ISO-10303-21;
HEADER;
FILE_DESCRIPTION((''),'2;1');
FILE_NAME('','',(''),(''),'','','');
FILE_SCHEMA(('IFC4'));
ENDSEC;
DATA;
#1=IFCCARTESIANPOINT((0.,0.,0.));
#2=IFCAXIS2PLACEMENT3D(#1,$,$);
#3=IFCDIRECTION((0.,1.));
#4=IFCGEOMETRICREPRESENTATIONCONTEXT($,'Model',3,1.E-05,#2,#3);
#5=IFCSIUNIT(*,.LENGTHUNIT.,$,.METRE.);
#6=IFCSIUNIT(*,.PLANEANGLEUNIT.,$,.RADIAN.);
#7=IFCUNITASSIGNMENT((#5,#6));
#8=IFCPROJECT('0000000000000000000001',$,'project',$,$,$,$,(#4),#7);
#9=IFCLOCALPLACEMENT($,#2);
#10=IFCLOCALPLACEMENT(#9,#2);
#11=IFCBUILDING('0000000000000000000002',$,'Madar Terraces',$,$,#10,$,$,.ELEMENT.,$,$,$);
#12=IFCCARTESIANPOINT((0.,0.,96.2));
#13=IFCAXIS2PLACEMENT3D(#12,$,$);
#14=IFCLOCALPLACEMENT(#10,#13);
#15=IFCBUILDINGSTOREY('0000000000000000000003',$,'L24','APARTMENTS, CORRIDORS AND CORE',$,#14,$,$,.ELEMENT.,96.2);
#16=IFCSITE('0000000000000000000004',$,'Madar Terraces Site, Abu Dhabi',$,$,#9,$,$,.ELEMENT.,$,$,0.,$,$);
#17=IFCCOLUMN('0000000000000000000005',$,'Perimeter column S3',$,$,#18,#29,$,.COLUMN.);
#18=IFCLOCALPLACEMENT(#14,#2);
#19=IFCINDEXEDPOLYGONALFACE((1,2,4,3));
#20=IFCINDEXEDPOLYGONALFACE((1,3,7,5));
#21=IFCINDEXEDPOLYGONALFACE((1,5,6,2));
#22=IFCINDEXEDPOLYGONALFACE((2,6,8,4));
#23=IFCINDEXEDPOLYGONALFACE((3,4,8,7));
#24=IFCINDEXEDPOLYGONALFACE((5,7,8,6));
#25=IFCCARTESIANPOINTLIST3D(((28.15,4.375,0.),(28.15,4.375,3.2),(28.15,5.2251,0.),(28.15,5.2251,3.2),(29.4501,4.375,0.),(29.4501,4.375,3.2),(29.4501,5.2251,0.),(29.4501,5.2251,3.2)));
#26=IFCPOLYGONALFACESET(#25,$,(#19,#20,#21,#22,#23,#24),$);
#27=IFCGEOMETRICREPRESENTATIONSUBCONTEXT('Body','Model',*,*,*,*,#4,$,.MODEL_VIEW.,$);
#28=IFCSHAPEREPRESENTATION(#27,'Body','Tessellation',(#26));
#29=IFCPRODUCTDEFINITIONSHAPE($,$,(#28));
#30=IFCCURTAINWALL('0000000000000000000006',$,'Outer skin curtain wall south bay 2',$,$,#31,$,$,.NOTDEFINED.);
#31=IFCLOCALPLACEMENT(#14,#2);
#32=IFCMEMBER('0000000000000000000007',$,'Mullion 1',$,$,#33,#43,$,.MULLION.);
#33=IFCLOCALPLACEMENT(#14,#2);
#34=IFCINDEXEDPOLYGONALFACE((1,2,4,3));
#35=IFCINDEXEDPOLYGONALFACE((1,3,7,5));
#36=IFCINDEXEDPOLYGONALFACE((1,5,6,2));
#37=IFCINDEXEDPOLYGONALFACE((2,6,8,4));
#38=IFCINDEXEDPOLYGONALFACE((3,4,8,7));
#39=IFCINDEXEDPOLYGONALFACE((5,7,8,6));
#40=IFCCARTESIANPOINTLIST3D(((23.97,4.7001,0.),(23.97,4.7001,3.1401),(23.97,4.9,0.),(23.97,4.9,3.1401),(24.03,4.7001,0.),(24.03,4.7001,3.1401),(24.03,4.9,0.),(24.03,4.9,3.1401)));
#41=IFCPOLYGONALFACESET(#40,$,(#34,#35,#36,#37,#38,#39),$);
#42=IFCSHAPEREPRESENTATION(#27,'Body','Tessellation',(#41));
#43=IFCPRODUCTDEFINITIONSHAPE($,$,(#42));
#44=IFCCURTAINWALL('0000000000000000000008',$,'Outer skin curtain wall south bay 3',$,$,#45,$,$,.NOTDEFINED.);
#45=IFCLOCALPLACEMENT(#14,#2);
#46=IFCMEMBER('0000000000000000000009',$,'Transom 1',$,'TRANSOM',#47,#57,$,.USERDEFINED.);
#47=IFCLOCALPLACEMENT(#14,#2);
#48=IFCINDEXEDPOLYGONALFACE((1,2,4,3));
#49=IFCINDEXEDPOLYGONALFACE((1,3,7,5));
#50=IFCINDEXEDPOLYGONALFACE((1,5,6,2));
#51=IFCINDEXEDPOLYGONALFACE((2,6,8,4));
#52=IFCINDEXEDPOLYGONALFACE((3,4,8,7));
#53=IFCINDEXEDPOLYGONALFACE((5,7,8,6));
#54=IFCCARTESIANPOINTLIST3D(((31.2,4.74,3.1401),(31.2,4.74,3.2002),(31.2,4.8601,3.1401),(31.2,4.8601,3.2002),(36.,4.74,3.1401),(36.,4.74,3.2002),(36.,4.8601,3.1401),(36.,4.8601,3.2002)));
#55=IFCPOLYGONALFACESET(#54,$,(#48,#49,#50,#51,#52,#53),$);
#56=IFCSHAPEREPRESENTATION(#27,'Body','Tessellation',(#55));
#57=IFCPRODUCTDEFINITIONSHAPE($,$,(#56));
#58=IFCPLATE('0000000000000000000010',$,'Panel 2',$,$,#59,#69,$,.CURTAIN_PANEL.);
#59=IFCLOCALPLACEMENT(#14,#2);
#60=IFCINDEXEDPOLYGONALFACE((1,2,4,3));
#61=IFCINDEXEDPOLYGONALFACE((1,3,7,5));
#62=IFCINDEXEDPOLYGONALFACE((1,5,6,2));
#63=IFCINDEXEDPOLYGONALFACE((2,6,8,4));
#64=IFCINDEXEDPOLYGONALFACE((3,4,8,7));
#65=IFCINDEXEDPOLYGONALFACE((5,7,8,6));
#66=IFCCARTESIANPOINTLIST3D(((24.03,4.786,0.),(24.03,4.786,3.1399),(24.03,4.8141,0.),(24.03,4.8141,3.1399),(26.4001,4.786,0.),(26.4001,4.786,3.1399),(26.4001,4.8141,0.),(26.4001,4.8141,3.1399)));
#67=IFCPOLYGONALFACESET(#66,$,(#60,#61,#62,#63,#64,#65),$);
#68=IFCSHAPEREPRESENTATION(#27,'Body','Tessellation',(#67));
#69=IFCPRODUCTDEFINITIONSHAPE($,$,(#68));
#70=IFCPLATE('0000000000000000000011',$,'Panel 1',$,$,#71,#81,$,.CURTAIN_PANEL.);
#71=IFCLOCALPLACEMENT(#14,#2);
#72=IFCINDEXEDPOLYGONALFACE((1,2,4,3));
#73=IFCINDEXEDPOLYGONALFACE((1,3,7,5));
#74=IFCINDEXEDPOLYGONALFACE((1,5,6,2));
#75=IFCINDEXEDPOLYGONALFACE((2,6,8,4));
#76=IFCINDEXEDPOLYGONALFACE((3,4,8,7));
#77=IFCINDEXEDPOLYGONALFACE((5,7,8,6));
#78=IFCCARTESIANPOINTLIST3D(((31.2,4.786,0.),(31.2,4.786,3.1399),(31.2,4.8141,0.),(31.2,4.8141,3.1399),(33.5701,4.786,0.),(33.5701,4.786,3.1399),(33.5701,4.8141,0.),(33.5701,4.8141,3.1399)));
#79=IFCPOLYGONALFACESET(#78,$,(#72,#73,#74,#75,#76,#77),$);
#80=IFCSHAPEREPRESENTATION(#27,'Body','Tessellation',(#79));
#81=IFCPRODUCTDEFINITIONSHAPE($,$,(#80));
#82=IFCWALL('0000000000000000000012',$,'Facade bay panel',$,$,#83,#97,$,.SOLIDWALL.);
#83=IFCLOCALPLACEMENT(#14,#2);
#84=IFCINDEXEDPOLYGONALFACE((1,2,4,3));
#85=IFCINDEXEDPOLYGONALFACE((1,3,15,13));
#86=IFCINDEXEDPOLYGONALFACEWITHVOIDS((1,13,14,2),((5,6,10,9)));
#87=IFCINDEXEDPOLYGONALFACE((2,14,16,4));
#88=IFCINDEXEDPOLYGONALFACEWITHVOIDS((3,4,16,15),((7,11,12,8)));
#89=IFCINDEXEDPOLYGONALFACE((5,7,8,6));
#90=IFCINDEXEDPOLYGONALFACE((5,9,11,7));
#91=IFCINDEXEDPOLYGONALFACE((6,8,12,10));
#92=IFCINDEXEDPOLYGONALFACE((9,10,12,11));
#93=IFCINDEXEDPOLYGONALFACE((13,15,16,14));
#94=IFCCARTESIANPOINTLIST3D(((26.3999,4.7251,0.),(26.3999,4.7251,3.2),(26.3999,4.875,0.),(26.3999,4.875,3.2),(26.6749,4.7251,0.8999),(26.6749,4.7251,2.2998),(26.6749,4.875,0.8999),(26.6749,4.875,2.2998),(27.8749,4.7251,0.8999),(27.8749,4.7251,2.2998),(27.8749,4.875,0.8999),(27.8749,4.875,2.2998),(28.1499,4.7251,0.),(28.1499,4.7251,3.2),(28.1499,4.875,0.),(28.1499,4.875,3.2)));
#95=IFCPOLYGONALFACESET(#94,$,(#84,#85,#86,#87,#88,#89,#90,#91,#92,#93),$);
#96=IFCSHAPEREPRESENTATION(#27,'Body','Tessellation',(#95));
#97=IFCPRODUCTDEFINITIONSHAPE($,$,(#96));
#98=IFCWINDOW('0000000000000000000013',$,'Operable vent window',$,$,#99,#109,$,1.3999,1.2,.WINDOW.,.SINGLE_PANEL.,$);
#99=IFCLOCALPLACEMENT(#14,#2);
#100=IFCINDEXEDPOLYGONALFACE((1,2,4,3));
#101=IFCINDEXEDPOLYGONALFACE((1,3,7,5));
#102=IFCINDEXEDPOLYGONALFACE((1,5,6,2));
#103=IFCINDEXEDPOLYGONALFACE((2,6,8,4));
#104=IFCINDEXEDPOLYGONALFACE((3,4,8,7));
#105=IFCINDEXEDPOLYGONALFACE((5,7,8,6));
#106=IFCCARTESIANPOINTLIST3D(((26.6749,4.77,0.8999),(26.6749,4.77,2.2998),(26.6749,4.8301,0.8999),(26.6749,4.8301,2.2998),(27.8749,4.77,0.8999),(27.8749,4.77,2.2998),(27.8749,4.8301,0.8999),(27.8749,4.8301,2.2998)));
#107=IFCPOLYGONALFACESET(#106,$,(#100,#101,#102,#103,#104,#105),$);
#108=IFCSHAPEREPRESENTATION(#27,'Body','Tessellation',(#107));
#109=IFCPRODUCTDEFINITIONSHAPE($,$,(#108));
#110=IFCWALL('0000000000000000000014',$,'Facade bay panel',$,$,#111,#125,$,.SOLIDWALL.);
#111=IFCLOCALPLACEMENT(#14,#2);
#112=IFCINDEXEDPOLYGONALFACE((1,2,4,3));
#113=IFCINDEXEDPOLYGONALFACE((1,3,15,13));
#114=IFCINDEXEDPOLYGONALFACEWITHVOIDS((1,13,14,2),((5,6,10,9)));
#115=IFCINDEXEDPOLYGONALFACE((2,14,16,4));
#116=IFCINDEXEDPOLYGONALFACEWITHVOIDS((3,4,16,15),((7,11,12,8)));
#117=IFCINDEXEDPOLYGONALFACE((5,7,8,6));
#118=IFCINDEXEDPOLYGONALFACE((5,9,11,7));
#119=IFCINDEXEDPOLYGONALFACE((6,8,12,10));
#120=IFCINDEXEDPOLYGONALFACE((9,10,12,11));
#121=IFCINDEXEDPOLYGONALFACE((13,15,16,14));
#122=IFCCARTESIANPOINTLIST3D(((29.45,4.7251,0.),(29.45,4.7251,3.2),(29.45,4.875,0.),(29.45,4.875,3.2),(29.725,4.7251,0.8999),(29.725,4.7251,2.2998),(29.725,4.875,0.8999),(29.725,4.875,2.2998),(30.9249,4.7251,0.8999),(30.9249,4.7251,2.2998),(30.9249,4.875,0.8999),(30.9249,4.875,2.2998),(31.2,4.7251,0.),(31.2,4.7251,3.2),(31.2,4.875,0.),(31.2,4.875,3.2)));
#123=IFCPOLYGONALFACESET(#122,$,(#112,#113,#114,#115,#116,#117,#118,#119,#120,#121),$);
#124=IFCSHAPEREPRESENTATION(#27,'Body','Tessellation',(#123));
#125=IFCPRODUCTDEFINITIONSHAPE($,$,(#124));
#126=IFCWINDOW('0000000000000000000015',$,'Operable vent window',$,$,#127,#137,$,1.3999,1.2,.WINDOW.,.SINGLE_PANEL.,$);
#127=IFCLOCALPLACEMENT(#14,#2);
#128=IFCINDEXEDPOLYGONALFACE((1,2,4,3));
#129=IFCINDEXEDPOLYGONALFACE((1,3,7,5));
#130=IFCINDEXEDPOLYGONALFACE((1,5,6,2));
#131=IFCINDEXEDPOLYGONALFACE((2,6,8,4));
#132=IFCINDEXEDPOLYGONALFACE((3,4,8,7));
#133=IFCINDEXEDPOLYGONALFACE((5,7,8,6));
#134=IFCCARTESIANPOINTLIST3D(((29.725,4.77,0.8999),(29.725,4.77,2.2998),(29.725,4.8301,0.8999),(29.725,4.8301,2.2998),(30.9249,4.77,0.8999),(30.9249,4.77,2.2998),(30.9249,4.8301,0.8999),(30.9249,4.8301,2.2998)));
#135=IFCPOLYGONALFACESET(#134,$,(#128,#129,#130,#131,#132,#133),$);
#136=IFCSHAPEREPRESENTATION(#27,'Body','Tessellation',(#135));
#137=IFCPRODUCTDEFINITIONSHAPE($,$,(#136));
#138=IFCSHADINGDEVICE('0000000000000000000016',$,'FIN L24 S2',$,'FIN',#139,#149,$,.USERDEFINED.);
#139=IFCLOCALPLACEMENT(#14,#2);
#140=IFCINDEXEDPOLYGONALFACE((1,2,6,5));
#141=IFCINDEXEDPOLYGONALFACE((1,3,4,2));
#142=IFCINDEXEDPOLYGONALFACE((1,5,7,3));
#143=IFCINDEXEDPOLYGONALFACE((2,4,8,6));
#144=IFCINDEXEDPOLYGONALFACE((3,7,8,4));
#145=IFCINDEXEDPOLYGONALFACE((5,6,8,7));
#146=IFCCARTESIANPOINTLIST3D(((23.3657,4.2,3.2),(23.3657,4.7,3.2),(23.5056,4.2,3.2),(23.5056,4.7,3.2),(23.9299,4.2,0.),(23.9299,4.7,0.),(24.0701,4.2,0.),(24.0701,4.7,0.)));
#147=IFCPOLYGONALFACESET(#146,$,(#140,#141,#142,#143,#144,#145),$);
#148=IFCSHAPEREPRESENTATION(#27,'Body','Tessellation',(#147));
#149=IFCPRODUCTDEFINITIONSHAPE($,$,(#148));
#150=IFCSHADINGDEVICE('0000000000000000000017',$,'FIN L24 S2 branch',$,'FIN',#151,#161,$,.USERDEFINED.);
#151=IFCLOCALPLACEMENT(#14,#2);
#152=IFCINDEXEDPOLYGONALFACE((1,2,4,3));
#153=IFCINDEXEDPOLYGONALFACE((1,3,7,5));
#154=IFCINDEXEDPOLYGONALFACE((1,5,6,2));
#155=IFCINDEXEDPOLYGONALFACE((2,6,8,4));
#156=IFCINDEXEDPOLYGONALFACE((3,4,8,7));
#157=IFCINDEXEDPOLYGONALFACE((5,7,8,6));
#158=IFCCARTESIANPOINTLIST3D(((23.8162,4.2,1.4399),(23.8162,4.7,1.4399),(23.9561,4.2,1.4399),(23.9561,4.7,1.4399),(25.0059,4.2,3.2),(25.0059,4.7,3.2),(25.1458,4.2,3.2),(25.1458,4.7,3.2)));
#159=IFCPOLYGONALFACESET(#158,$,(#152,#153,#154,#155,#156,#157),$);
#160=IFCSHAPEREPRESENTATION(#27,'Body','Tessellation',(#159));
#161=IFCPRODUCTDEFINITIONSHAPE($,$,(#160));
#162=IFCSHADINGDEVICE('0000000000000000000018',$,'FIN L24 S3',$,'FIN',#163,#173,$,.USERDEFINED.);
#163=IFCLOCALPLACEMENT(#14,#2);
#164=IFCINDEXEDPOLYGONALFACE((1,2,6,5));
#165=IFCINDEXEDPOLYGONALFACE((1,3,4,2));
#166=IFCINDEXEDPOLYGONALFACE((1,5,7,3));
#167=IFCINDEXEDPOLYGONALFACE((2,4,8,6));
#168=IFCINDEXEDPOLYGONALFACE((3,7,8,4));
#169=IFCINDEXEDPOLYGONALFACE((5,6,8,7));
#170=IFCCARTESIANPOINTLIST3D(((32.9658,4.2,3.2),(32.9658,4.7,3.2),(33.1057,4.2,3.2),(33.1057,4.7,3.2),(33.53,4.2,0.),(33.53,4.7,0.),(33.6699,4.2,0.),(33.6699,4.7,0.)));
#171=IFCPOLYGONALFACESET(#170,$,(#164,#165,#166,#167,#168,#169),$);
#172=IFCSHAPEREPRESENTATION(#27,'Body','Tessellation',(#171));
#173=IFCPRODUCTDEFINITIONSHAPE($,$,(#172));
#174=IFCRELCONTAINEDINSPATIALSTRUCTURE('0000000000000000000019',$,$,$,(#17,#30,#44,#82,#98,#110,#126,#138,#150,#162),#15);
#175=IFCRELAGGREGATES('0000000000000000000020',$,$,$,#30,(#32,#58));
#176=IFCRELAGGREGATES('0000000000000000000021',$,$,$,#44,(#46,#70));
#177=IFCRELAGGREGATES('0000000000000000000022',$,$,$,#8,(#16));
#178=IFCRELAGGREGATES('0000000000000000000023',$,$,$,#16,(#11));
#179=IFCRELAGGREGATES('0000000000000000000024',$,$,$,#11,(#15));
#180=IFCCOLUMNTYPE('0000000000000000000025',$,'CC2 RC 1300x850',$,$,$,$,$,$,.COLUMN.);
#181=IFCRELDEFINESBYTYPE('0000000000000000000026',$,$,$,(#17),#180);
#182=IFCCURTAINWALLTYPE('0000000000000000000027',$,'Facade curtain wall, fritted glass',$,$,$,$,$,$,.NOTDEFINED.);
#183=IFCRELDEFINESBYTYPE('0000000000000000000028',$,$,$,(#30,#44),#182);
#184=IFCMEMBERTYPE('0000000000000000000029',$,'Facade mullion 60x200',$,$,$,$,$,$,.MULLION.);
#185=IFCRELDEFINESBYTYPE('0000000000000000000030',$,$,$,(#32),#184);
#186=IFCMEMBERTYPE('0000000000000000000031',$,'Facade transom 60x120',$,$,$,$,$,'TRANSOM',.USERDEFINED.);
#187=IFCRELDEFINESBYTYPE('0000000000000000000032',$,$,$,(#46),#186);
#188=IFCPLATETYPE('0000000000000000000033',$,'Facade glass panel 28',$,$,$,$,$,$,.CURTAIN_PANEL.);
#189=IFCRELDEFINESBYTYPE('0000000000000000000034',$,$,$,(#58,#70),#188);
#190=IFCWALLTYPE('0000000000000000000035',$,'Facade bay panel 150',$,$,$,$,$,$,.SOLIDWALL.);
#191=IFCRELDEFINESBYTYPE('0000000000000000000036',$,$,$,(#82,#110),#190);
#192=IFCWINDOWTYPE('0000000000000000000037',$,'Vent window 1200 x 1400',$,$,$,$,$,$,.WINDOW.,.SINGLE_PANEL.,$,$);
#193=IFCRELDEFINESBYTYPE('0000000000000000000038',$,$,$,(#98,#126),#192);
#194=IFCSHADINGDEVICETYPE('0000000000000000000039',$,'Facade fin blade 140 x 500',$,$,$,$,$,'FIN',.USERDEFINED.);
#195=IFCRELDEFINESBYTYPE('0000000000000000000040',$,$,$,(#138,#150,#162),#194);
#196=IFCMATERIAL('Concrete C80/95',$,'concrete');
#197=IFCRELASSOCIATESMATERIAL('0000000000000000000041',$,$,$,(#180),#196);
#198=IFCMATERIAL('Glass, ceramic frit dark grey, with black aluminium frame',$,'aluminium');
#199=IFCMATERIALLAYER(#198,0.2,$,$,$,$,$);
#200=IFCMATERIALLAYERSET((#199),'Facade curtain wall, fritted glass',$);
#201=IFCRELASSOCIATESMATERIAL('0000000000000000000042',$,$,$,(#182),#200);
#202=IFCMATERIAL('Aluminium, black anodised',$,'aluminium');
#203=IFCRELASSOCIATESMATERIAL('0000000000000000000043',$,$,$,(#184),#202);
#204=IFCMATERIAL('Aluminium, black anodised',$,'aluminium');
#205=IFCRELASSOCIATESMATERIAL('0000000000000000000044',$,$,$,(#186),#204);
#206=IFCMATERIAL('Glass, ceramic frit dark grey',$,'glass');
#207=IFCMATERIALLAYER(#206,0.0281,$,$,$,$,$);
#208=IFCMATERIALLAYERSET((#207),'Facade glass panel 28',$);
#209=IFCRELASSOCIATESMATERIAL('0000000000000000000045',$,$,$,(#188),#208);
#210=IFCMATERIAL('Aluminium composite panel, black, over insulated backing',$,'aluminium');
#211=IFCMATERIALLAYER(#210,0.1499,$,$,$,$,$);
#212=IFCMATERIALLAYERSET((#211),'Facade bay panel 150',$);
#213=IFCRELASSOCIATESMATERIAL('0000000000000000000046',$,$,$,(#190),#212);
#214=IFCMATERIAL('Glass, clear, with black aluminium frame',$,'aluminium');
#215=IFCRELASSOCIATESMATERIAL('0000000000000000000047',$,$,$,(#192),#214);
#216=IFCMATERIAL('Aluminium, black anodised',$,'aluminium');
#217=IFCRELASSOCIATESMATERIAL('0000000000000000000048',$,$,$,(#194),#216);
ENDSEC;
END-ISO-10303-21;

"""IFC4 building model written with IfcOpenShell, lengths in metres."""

from ifc_helpers import new_model, si_unit, direction, frame, frame_2d, origin, origin_2d, place, context, subcontext, project, spatial, polyline, rectangle, outline, extrude, material, layer, layer_set, material_profile, profile_set, type_object, element, fill, aggregate, save


model = new_model("IFC4")

# Units and contexts
model_context = context("Model", 3, precision=1e-05, world=origin(), true_north=direction((0.0, 1.0)))
body_context = subcontext(model_context, "Body", "Model", "MODEL_VIEW")
ifc_project = project(units=[si_unit("LENGTHUNIT", "METRE"), si_unit("PLANEANGLEUNIT", "RADIAN")], contexts=[model_context])

# Site, building, storey
site_placement = place(None, origin())
site = spatial("IfcSite", under=ifc_project, at=site_placement, Name="Madar Terraces Site, Abu Dhabi", CompositionType="ELEMENT", RefElevation=0.0)
building_placement = place(site_placement, origin())
building = spatial("IfcBuilding", under=site, at=building_placement, Name="Madar Terraces", CompositionType="ELEMENT")
storey_placement = place(building_placement, frame((0.0, 0.0, 96.2)))
storey = spatial("IfcBuildingStorey", under=building, at=storey_placement, Name="L24", Description="APARTMENTS, CORRIDORS AND CORE", CompositionType="ELEMENT", Elevation=96.2)

# Column
ifc_material_1 = material(Name="Concrete C80/95", Category="concrete")
ifc_material_profile_1 = material_profile(ifc_material_1, rectangle(XDim=1.3, YDim=0.8501, at=origin_2d()), Name="CC2 RC 1300x850")
ifc_profile_set_1 = profile_set([ifc_material_profile_1], Name="Concrete C80/95")
column_type = type_object("IfcColumnType", Name="CC2 RC 1300x850", PredefinedType="COLUMN", material=ifc_profile_set_1)
column_placement = place(storey_placement, frame((28.8, 4.8, 0.0), z_axis=(0.0, 0.0, 1.0), x_axis=(1.0, 0.0, 0.0)))
element("IfcColumn", 1, at=column_placement, inside=storey, type_object=column_type, Name="Perimeter column S3", PredefinedType="COLUMN", context=body_context, shape_type="SweptSolid", body=[
    extrude(rectangle(XDim=1.3, YDim=0.8501, at=origin_2d()), origin(), (0.0, 0.0, 1.0), 3.2),
])

# Curtain walls, members
ifc_material_2 = material(Name="Glass, ceramic frit dark grey, with black aluminium frame", Category="aluminium")
ifc_layer_1 = layer(ifc_material_2, 0.2)
ifc_layer_set_1 = layer_set([ifc_layer_1], Name="Facade curtain wall, fritted glass")
curtain_wall_type = type_object("IfcCurtainWallType", Name="Facade curtain wall, fritted glass", PredefinedType="NOTDEFINED", material=ifc_layer_set_1)
curtain_wall_1_placement = place(storey_placement, origin())
curtain_wall_1 = element("IfcCurtainWall", 2, at=curtain_wall_1_placement, inside=storey, type_object=curtain_wall_type, Name="Outer skin curtain wall south bay 2", PredefinedType="NOTDEFINED")
ifc_material_3 = material(Name="Aluminium, black anodised", Category="aluminium")
ifc_material_profile_2 = material_profile(ifc_material_3, rectangle(XDim=0.2, YDim=0.0601, at=origin_2d()), Name="Facade mullion 60x200")
ifc_profile_set_2 = profile_set([ifc_material_profile_2], Name="Aluminium, black anodised")
member_type_1 = type_object("IfcMemberType", Name="Facade mullion 60x200", PredefinedType="MULLION", material=ifc_profile_set_2)
member_1_placement = place(storey_placement, frame((24.0, 4.8, 0.0), z_axis=(0.0, 0.0, 1.0), x_axis=(0.0, 1.0, 0.0)))
member_1 = element("IfcMember", 3, at=member_1_placement, type_object=member_type_1, Name="Mullion 1", PredefinedType="MULLION", context=body_context, shape_type="SweptSolid", body=[
    extrude(rectangle(XDim=0.2, YDim=0.0601, at=origin_2d()), origin(), (0.0, 0.0, 1.0), 3.1401),
])
curtain_wall_2_placement = place(storey_placement, origin())
curtain_wall_2 = element("IfcCurtainWall", 4, at=curtain_wall_2_placement, inside=storey, type_object=curtain_wall_type, Name="Outer skin curtain wall south bay 3", PredefinedType="NOTDEFINED")
ifc_material_4 = material(Name="Aluminium, black anodised", Category="aluminium")
ifc_material_profile_3 = material_profile(ifc_material_4, rectangle(XDim=0.1201, YDim=0.0601, at=origin_2d()), Name="Facade transom 60x120")
ifc_profile_set_3 = profile_set([ifc_material_profile_3], Name="Aluminium, black anodised")
member_type_2 = type_object("IfcMemberType", Name="Facade transom 60x120", ElementType="TRANSOM", PredefinedType="USERDEFINED", material=ifc_profile_set_3)
member_2_placement = place(storey_placement, frame((31.2, 4.8, 3.1702), z_axis=(1.0, 0.0, 0.0), x_axis=(0.0, 1.0, 0.0)))
member_2 = element("IfcMember", 5, at=member_2_placement, type_object=member_type_2, Name="Transom 1", ObjectType="TRANSOM", PredefinedType="USERDEFINED", context=body_context, shape_type="SweptSolid", body=[
    extrude(rectangle(XDim=0.1201, YDim=0.0601, at=origin_2d()), origin(), (0.0, 0.0, 1.0), 4.8),
])

# Plates
ifc_material_5 = material(Name="Glass, ceramic frit dark grey", Category="glass")
ifc_layer_2 = layer(ifc_material_5, 0.0281)
ifc_layer_set_2 = layer_set([ifc_layer_2], Name="Facade glass panel 28")
plate_type = type_object("IfcPlateType", Name="Facade glass panel 28", PredefinedType="CURTAIN_PANEL", material=ifc_layer_set_2)
plate_1_placement = place(storey_placement, frame((25.2151, 4.8, 0.0), z_axis=(0.0, 0.0, 1.0), x_axis=(1.0, 0.0, 0.0)))
plate_1 = element("IfcPlate", 6, at=plate_1_placement, type_object=plate_type, Name="Panel 2", PredefinedType="CURTAIN_PANEL", context=body_context, shape_type="SweptSolid", body=[
    extrude(rectangle(XDim=2.3701, YDim=0.0281, at=origin_2d()), origin(), (0.0, 0.0, 1.0), 3.1399),
])
aggregate(curtain_wall_1, [member_1, plate_1])
plate_2_placement = place(storey_placement, frame((32.385, 4.8, 0.0), z_axis=(0.0, 0.0, 1.0), x_axis=(1.0, 0.0, 0.0)))
plate_2 = element("IfcPlate", 7, at=plate_2_placement, type_object=plate_type, Name="Panel 1", PredefinedType="CURTAIN_PANEL", context=body_context, shape_type="SweptSolid", body=[
    extrude(rectangle(XDim=2.3701, YDim=0.0281, at=origin_2d()), origin(), (0.0, 0.0, 1.0), 3.1399),
])
aggregate(curtain_wall_2, [member_2, plate_2])

# Walls, openings, windows
ifc_material_6 = material(Name="Aluminium composite panel, black, over insulated backing", Category="aluminium")
ifc_layer_3 = layer(ifc_material_6, 0.1499)
ifc_layer_set_3 = layer_set([ifc_layer_3], Name="Facade bay panel 150")
wall_type = type_object("IfcWallType", Name="Facade bay panel 150", PredefinedType="SOLIDWALL", material=ifc_layer_set_3)
wall_1_placement = place(storey_placement, frame((26.3999, 4.8, 0.0), z_axis=(0.0, 0.0, 1.0), x_axis=(1.0, 0.0, 0.0)))
wall_1 = element("IfcWall", 8, at=wall_1_placement, inside=storey, type_object=wall_type, Name="Facade bay panel", PredefinedType="SOLIDWALL", context=body_context, shape_type="SweptSolid", body=[
    extrude(rectangle(XDim=1.75, YDim=0.1499, at=frame_2d((0.875, 0.0))), origin(), (0.0, 0.0, 1.0), 3.2),
])
opening_1_placement = place(wall_1_placement, frame((0.2749, 0.0, 0.8999)))
opening_1 = element("IfcOpeningElement", 9, at=opening_1_placement, cuts=wall_1, PredefinedType="OPENING", context=body_context, shape_type="SweptSolid", body=[
    extrude(rectangle(XDim=1.2, YDim=1.3999, at=frame_2d((0.6001, 0.7))), frame((0.0, 0.085, 0.0), z_axis=(0.0, -1.0, 0.0), x_axis=(1.0, 0.0, 0.0)), (0.0, 0.0, 1.0), 0.1699),
])
ifc_material_7 = material(Name="Glass, clear, with black aluminium frame", Category="aluminium")
window_type = type_object("IfcWindowType", Name="Vent window 1200 x 1400", PartitioningType="SINGLE_PANEL", PredefinedType="WINDOW", material=ifc_material_7)
window_1_placement = place(opening_1_placement, origin())
window_1 = element("IfcWindow", 10, at=window_1_placement, inside=storey, type_object=window_type, Name="Operable vent window", OverallHeight=1.3999, OverallWidth=1.2, PartitioningType="SINGLE_PANEL", PredefinedType="WINDOW", context=body_context, shape_type="SweptSolid", body=[
    extrude(rectangle(XDim=1.2, YDim=1.3999, at=frame_2d((0.6001, 0.7))), frame((0.0, 0.03, 0.0), z_axis=(0.0, -1.0, 0.0), x_axis=(1.0, 0.0, 0.0)), (0.0, 0.0, 1.0), 0.0601),
])
fill(opening_1, window_1)
wall_2_placement = place(storey_placement, frame((29.45, 4.8, 0.0), z_axis=(0.0, 0.0, 1.0), x_axis=(1.0, 0.0, 0.0)))
wall_2 = element("IfcWall", 11, at=wall_2_placement, inside=storey, type_object=wall_type, Name="Facade bay panel", PredefinedType="SOLIDWALL", context=body_context, shape_type="SweptSolid", body=[
    extrude(rectangle(XDim=1.75, YDim=0.1499, at=frame_2d((0.875, 0.0))), origin(), (0.0, 0.0, 1.0), 3.2),
])
opening_2_placement = place(wall_2_placement, frame((0.2749, 0.0, 0.8999)))
opening_2 = element("IfcOpeningElement", 12, at=opening_2_placement, cuts=wall_2, PredefinedType="OPENING", context=body_context, shape_type="SweptSolid", body=[
    extrude(rectangle(XDim=1.2, YDim=1.3999, at=frame_2d((0.6001, 0.7))), frame((0.0, 0.085, 0.0), z_axis=(0.0, -1.0, 0.0), x_axis=(1.0, 0.0, 0.0)), (0.0, 0.0, 1.0), 0.1699),
])
window_2_placement = place(opening_2_placement, origin())
window_2 = element("IfcWindow", 13, at=window_2_placement, inside=storey, type_object=window_type, Name="Operable vent window", OverallHeight=1.3999, OverallWidth=1.2, PartitioningType="SINGLE_PANEL", PredefinedType="WINDOW", context=body_context, shape_type="SweptSolid", body=[
    extrude(rectangle(XDim=1.2, YDim=1.3999, at=frame_2d((0.6001, 0.7))), frame((0.0, 0.03, 0.0), z_axis=(0.0, -1.0, 0.0), x_axis=(1.0, 0.0, 0.0)), (0.0, 0.0, 1.0), 0.0601),
])
fill(opening_2, window_2)

# Shading devices
ifc_material_8 = material(Name="Aluminium, black anodised", Category="aluminium")
shading_device_type = type_object("IfcShadingDeviceType", Name="Facade fin blade 140 x 500", ElementType="FIN", PredefinedType="USERDEFINED", material=ifc_material_8)
shading_device_1_placement = place(storey_placement, frame((23.9299, 4.45, 0.0), z_axis=(0.0, 0.0, 1.0), x_axis=(1.0, 0.0, 0.0)))
element("IfcShadingDevice", 14, at=shading_device_1_placement, inside=storey, type_object=shading_device_type, Name="FIN L24 S2", ObjectType="FIN", PredefinedType="USERDEFINED", context=body_context, shape_type="SweptSolid", body=[
    extrude(outline(polyline([(0.0, 0.0), (0.1401, 0.0), (-0.4243, 3.2), (-0.5642, 3.2), (0.0, 0.0)])), frame((0.0, 0.25, 0.0), z_axis=(0.0, -1.0, 0.0), x_axis=(1.0, 0.0, 0.0)), (0.0, 0.0, 1.0), 0.5),
])
shading_device_2_placement = place(storey_placement, frame((23.8162, 4.45, 1.4399), z_axis=(0.0, 0.0, 1.0), x_axis=(1.0, 0.0, 0.0)))
element("IfcShadingDevice", 15, at=shading_device_2_placement, inside=storey, type_object=shading_device_type, Name="FIN L24 S2 branch", ObjectType="FIN", PredefinedType="USERDEFINED", context=body_context, shape_type="SweptSolid", body=[
    extrude(outline(polyline([(0.0, 0.0), (0.1399, 0.0), (1.3296, 1.76), (1.1897, 1.76), (0.0, 0.0)])), frame((0.0, 0.25, 0.0), z_axis=(0.0, -1.0, 0.0), x_axis=(1.0, 0.0, 0.0)), (0.0, 0.0, 1.0), 0.5),
])
shading_device_3_placement = place(storey_placement, frame((33.53, 4.45, 0.0), z_axis=(0.0, 0.0, 1.0), x_axis=(1.0, 0.0, 0.0)))
element("IfcShadingDevice", 16, at=shading_device_3_placement, inside=storey, type_object=shading_device_type, Name="FIN L24 S3", ObjectType="FIN", PredefinedType="USERDEFINED", context=body_context, shape_type="SweptSolid", body=[
    extrude(outline(polyline([(0.0, 0.0), (0.1399, 0.0), (-0.4243, 3.2), (-0.5642, 3.2), (0.0, 0.0)])), frame((0.0, 0.25, 0.0), z_axis=(0.0, -1.0, 0.0), x_axis=(1.0, 0.0, 0.0)), (0.0, 0.0, 1.0), 0.5),
])

save(model, "model.ifc")
